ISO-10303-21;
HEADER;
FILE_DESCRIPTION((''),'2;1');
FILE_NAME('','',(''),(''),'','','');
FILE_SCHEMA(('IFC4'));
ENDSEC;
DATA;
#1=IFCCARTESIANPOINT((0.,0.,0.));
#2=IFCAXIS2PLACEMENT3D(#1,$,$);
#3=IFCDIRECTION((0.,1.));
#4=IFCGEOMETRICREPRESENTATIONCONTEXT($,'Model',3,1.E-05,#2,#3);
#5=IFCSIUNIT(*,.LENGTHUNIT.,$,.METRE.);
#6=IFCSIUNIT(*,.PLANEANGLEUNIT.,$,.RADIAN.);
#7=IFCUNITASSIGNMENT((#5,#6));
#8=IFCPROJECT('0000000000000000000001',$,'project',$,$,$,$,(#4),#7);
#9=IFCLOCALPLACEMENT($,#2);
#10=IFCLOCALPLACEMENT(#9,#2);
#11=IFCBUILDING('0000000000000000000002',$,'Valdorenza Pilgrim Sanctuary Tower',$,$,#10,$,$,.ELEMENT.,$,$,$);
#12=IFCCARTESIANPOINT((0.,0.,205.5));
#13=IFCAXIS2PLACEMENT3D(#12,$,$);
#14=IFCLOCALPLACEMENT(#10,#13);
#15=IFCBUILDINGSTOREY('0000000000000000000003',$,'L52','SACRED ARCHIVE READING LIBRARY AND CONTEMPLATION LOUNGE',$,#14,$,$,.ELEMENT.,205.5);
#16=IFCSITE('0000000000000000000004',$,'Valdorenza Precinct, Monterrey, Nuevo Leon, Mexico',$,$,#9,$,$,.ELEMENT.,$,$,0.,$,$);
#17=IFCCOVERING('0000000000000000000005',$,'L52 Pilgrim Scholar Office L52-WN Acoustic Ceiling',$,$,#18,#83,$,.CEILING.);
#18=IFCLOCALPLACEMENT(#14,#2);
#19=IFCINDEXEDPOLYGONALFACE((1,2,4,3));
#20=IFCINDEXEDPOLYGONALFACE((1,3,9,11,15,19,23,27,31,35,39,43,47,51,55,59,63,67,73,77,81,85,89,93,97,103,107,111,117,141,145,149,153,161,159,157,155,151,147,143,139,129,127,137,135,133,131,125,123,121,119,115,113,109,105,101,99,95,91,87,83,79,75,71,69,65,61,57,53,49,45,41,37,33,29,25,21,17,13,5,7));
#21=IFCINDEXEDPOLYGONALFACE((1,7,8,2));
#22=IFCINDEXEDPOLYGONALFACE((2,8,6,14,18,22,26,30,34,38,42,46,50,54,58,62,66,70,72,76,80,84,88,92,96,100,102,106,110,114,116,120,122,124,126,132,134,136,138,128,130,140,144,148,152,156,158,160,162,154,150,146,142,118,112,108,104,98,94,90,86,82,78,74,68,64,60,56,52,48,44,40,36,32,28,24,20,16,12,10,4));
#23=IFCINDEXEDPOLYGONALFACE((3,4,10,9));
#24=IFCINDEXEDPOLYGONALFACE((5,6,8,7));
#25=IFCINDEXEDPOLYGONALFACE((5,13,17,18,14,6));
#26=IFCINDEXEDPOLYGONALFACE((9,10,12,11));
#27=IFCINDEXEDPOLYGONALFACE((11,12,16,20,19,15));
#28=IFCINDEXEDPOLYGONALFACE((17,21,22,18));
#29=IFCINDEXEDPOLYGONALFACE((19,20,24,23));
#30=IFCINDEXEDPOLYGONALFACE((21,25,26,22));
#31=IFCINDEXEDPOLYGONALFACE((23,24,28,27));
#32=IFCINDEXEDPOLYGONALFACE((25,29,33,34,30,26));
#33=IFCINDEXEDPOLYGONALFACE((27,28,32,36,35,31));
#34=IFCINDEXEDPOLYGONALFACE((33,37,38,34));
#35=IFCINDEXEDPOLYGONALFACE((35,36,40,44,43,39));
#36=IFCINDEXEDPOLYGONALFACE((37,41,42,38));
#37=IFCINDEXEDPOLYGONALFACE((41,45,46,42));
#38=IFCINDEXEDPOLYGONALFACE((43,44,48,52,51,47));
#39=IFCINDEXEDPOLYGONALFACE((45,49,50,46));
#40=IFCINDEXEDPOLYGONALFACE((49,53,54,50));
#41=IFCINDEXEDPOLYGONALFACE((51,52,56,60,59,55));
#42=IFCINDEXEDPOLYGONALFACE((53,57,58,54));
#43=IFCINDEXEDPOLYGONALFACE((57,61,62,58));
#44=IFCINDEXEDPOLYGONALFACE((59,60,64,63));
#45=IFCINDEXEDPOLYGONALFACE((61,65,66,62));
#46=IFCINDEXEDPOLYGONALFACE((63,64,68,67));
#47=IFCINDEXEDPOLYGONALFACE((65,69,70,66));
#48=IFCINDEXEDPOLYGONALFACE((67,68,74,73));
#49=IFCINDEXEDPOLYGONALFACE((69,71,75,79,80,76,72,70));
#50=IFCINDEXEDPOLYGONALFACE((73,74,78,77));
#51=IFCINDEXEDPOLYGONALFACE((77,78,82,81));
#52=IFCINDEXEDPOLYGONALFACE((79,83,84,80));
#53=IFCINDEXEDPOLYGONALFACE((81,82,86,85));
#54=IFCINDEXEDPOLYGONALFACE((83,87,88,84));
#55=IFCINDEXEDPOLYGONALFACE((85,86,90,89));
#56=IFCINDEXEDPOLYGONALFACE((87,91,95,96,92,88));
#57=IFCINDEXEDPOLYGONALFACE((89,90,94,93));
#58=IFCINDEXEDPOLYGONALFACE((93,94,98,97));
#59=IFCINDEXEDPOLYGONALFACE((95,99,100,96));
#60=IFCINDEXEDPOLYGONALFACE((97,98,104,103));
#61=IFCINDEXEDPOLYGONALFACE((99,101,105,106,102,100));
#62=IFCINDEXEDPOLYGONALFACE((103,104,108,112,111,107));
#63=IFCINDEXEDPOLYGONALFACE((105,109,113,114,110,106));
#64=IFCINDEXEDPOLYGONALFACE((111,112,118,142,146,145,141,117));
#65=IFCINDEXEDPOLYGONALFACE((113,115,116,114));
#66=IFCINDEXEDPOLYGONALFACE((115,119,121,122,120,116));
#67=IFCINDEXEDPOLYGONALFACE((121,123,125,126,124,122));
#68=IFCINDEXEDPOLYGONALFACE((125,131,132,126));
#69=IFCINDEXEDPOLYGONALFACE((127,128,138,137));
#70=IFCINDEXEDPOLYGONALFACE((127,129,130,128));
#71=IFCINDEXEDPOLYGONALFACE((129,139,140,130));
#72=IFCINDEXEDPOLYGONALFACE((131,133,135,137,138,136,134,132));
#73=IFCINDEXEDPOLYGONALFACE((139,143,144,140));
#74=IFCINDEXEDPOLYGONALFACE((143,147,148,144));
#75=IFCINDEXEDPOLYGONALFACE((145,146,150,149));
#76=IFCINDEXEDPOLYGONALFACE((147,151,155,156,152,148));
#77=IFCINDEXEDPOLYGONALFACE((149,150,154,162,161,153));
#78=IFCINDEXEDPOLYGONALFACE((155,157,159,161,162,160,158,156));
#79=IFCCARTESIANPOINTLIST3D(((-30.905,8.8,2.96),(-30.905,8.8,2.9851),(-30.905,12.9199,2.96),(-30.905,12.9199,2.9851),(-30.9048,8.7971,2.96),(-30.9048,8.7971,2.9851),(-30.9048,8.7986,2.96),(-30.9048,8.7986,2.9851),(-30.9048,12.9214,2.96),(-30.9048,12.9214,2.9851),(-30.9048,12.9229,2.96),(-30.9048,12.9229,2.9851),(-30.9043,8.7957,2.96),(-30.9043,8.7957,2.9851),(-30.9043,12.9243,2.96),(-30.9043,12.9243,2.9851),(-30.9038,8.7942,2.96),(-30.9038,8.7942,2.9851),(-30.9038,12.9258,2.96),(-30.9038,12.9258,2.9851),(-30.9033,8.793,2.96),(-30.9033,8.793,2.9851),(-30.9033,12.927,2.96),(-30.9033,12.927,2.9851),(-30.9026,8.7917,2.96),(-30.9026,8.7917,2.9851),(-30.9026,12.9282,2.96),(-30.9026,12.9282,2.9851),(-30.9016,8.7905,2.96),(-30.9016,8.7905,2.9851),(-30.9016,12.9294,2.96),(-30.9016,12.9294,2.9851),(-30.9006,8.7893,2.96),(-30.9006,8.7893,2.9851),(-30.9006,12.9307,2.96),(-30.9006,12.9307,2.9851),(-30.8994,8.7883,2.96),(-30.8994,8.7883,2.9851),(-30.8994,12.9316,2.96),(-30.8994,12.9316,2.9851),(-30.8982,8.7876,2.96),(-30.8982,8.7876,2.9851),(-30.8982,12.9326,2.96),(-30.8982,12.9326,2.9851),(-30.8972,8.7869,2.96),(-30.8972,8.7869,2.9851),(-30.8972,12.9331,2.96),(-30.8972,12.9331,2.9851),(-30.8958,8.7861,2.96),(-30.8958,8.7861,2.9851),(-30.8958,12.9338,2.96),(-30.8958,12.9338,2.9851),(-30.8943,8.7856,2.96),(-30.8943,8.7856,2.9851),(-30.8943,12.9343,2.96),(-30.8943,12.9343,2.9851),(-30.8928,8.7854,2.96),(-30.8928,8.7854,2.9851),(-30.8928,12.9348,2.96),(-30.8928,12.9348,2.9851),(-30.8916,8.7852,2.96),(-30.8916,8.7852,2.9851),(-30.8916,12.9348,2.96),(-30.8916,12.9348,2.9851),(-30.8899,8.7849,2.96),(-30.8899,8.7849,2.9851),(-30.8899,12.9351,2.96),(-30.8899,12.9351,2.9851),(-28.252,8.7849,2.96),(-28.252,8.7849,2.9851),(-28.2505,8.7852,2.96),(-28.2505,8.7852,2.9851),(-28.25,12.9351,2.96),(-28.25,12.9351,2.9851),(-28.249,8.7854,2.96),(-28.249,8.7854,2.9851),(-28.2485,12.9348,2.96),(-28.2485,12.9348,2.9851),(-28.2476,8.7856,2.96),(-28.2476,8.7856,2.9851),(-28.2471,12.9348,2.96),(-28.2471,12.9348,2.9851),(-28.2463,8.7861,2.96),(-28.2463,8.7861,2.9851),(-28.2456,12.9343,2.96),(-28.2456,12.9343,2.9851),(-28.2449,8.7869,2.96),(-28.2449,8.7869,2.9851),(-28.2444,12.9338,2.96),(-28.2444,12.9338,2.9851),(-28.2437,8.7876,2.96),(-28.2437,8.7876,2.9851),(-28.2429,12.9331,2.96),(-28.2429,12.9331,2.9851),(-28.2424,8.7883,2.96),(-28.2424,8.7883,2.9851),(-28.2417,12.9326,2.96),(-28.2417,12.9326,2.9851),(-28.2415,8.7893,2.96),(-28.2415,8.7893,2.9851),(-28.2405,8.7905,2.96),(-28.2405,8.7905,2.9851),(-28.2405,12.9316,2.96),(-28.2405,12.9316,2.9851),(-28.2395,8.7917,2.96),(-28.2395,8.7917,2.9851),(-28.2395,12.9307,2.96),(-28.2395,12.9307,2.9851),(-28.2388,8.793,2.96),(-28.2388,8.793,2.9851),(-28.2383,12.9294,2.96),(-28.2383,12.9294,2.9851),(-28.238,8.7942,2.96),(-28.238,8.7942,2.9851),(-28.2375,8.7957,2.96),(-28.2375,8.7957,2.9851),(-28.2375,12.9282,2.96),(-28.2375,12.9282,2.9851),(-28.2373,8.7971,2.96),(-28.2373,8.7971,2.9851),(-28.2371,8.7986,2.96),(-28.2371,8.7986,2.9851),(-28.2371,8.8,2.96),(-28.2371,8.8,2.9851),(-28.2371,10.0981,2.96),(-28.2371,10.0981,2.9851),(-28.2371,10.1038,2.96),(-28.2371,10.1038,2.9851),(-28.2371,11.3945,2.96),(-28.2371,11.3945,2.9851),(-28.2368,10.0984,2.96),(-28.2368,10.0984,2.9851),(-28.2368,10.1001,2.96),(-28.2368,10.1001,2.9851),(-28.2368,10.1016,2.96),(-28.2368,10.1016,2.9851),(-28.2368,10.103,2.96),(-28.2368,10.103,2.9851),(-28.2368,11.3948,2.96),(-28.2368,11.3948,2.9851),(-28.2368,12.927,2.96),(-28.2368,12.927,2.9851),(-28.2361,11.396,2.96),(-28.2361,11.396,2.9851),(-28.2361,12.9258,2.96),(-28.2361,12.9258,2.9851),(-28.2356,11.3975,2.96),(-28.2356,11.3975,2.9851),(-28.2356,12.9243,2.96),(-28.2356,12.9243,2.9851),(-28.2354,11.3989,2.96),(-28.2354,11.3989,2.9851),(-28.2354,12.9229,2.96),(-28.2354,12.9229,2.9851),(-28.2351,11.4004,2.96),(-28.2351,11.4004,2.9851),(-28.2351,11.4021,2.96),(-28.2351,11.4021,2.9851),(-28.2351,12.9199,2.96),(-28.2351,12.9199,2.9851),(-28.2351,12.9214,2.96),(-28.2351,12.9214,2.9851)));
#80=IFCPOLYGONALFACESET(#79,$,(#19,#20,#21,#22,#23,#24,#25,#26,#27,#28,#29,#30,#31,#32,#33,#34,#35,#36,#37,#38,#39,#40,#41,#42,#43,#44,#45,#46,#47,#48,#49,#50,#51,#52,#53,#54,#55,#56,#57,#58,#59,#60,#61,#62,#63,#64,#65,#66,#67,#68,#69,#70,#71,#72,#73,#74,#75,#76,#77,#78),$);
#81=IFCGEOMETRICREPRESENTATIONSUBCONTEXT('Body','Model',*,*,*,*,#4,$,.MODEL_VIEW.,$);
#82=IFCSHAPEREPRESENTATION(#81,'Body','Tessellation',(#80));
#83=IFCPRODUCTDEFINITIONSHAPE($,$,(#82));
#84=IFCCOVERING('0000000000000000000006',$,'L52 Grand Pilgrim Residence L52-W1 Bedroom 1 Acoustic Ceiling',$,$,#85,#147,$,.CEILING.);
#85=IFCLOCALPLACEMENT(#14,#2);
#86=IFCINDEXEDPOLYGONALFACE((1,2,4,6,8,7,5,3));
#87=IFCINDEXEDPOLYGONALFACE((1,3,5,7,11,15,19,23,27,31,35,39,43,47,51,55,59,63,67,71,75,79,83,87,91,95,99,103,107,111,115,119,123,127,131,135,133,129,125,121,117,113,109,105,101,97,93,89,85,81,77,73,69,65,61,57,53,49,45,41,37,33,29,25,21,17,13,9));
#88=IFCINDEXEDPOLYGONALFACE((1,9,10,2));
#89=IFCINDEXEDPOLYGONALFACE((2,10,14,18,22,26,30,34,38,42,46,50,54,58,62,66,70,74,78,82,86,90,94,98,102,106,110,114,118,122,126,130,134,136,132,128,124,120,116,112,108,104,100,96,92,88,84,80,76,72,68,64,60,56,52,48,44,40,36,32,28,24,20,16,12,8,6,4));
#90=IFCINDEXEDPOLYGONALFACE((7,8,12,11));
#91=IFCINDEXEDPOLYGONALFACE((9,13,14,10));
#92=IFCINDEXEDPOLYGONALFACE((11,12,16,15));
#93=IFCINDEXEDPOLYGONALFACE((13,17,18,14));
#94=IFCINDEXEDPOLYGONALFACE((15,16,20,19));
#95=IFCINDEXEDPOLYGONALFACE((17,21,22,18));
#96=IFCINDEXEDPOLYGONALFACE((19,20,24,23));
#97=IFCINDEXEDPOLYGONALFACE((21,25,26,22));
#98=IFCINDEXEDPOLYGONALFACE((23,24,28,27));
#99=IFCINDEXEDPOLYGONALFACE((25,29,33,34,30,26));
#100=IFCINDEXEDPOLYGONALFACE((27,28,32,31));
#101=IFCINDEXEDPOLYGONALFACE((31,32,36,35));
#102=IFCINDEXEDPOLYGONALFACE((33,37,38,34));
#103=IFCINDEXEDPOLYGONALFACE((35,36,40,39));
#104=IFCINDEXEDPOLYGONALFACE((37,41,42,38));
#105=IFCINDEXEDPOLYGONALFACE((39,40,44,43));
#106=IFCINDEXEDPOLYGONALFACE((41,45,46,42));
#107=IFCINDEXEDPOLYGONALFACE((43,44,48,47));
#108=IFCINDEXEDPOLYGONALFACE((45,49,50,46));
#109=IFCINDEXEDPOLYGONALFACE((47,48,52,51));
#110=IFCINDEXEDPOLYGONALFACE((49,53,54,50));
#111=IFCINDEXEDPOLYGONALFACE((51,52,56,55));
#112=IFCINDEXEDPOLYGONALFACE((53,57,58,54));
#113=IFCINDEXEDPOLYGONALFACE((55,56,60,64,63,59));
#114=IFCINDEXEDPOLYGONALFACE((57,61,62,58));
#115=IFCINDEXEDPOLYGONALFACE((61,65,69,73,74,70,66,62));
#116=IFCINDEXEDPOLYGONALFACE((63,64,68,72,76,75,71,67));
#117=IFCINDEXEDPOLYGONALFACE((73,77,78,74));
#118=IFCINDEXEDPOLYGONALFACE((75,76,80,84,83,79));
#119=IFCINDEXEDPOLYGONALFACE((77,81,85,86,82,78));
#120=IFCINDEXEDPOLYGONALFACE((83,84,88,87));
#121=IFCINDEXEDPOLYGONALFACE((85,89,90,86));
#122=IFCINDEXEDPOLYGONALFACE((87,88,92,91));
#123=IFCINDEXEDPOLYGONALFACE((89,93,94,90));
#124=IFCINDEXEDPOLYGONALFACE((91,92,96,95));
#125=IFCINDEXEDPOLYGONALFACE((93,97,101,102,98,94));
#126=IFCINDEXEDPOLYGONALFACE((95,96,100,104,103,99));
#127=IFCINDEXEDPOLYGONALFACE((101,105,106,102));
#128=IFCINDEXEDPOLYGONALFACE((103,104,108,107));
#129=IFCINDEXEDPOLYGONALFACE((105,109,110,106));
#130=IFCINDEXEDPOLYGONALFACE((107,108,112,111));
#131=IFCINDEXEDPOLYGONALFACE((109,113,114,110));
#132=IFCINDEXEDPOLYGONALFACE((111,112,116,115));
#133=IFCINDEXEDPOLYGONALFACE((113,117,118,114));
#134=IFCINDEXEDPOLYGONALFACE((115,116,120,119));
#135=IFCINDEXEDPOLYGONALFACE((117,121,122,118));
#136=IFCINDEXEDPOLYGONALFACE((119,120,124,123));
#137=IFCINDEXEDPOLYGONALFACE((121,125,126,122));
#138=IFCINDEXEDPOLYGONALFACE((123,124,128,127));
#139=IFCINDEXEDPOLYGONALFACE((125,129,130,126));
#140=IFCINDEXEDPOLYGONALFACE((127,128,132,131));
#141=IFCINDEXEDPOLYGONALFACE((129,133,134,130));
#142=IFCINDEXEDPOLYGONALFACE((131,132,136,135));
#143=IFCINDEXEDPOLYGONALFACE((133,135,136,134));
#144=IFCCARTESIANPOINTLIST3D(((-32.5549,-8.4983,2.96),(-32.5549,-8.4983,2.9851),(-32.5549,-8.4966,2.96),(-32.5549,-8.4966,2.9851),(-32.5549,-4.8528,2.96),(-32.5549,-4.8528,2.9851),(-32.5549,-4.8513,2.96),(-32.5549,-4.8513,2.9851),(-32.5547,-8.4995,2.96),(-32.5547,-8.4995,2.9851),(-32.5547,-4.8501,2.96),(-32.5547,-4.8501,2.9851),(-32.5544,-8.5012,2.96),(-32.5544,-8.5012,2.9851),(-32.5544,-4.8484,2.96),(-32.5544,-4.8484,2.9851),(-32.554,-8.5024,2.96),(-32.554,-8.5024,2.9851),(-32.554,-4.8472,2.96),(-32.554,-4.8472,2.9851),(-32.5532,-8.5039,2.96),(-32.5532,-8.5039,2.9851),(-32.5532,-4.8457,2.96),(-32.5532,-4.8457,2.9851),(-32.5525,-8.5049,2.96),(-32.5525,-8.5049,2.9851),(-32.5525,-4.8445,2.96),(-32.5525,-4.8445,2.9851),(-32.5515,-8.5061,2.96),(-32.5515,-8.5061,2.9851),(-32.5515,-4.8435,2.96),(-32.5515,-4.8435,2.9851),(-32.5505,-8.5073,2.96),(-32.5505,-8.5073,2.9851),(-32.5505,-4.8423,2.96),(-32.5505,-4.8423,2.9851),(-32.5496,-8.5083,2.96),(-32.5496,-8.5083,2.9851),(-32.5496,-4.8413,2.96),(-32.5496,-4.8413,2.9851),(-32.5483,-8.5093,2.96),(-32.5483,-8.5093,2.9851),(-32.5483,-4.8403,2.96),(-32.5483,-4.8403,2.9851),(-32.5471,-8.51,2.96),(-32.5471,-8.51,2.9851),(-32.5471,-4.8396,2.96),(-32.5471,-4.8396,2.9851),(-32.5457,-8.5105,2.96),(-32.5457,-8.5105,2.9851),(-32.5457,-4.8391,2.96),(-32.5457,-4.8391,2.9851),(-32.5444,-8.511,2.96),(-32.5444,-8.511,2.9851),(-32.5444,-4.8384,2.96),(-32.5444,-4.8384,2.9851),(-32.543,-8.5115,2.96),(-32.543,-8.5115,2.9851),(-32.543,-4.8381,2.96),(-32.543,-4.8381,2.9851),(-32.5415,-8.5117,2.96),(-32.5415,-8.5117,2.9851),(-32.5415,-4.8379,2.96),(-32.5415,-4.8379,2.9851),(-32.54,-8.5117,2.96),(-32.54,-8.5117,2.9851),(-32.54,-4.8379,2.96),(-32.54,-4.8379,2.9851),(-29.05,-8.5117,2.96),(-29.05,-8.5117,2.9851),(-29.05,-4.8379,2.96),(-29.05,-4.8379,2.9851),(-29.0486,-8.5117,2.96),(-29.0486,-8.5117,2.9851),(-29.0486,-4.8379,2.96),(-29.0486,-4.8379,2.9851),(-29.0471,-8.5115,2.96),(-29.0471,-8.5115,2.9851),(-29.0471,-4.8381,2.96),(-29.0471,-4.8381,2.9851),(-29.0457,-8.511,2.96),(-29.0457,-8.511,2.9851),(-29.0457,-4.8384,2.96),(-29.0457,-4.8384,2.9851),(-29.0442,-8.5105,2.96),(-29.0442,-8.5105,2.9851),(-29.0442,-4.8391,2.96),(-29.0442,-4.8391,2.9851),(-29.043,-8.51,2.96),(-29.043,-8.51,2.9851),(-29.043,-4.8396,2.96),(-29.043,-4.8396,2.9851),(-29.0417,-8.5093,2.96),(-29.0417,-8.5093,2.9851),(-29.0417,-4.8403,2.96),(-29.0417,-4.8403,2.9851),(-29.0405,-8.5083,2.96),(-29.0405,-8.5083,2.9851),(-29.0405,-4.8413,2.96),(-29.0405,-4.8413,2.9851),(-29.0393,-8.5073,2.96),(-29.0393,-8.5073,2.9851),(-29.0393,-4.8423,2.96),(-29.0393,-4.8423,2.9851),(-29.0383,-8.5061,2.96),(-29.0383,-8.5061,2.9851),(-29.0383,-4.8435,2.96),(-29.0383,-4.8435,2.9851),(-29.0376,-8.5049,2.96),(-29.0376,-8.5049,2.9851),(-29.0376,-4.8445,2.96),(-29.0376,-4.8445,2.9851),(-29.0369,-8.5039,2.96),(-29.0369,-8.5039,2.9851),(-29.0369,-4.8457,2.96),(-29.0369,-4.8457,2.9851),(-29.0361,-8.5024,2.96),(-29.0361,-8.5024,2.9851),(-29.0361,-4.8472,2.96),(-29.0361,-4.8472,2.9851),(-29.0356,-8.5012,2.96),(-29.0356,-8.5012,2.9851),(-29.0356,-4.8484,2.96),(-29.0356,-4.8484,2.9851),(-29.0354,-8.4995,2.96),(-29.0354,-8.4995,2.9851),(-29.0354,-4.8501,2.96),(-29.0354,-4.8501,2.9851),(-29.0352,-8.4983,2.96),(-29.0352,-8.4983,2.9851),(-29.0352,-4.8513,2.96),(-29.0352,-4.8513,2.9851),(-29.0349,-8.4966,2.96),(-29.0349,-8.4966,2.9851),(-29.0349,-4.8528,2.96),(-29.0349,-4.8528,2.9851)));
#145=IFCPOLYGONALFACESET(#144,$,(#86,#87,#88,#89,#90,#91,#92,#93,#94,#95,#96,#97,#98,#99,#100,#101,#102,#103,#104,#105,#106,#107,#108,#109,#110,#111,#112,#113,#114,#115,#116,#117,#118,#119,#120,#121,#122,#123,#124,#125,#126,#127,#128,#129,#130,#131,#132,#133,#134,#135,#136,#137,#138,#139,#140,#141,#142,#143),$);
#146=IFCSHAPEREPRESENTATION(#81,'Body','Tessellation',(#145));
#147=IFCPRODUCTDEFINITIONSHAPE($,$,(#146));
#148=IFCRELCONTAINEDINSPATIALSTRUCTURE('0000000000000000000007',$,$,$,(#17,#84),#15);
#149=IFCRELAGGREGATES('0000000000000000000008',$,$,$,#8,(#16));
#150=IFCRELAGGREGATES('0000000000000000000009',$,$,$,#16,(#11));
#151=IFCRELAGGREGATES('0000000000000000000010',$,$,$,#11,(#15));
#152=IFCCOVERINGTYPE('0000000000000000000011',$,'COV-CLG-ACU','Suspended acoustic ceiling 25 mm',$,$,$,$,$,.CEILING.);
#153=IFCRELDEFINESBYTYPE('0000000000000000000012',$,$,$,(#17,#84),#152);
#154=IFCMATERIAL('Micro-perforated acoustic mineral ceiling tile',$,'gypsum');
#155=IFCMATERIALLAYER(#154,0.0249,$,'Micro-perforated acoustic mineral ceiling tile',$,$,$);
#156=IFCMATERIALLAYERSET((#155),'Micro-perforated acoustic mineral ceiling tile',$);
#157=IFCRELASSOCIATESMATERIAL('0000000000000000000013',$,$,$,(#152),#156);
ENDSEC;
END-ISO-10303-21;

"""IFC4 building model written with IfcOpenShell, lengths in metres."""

from ifc_helpers import new_model, si_unit, direction, frame, origin, place, context, subcontext, project, spatial, polyline, outline, extrude, material, layer, layer_set, type_object, element, save


model = new_model("IFC4")

# Units and contexts
model_context = context("Model", 3, precision=1e-05, world=origin(), true_north=direction((0.0, 1.0)))
body_context = subcontext(model_context, "Body", "Model", "MODEL_VIEW")
ifc_project = project(units=[si_unit("LENGTHUNIT", "METRE"), si_unit("PLANEANGLEUNIT", "RADIAN")], contexts=[model_context])

# Site, building, storey
site_placement = place(None, origin())
site = spatial("IfcSite", under=ifc_project, at=site_placement, Name="Valdorenza Precinct, Monterrey, Nuevo Leon, Mexico", CompositionType="ELEMENT", RefElevation=0.0)
building_placement = place(site_placement, origin())
building = spatial("IfcBuilding", under=site, at=building_placement, Name="Valdorenza Pilgrim Sanctuary Tower", CompositionType="ELEMENT")
storey_placement = place(building_placement, frame((0.0, 0.0, 205.5)))
storey = spatial("IfcBuildingStorey", under=building, at=storey_placement, Name="L52", Description="SACRED ARCHIVE READING LIBRARY AND CONTEMPLATION LOUNGE", CompositionType="ELEMENT", Elevation=205.5)

# Coverings
ifc_material_1 = material(Name="Micro-perforated acoustic mineral ceiling tile", Category="gypsum")
ifc_layer_1 = layer(ifc_material_1, 0.0249, Name="Micro-perforated acoustic mineral ceiling tile")
ifc_layer_set_1 = layer_set([ifc_layer_1], Name="Micro-perforated acoustic mineral ceiling tile")
covering_type_1 = type_object("IfcCoveringType", Name="COV-CLG-ACU", Description="Suspended acoustic ceiling 25 mm", PredefinedType="CEILING", material=ifc_layer_set_1)
covering_1_placement = place(storey_placement, frame((0.0, 0.0, 2.96)))
element("IfcCovering", 1, at=covering_1_placement, inside=storey, type_object=covering_type_1, Name="L52 Pilgrim Scholar Office L52-WN Acoustic Ceiling", PredefinedType="CEILING", context=body_context, shape_type="SweptSolid", body=[
    extrude(outline(polyline([(-28.2371, 11.3945), (-28.2371, 10.1038), (-28.2368, 10.103), (-28.2368, 10.1016), (-28.2368, 10.1001), (-28.2368, 10.0984), (-28.2371, 10.0981), (-28.2371, 8.8), (-28.2371, 8.7986), (-28.2373, 8.7971), (-28.2375, 8.7957), (-28.238, 8.7942), (-28.2388, 8.793), (-28.2395, 8.7917), (-28.2405, 8.7905), (-28.2415, 8.7893), (-28.2424, 8.7883), (-28.2437, 8.7876), (-28.2449, 8.7869), (-28.2463, 8.7861), (-28.2476, 8.7856), (-28.249, 8.7854), (-28.2505, 8.7852), (-28.252, 8.7849), (-30.8899, 8.7849), (-30.8916, 8.7852), (-30.8928, 8.7854), (-30.8943, 8.7856), (-30.8958, 8.7861), (-30.8972, 8.7869), (-30.8982, 8.7876), (-30.8994, 8.7883), (-30.9006, 8.7893), (-30.9016, 8.7905), (-30.9026, 8.7917), (-30.9033, 8.793), (-30.9038, 8.7942), (-30.9043, 8.7957), (-30.9048, 8.7971), (-30.9048, 8.7986), (-30.905, 8.8), (-30.905, 12.9199), (-30.9048, 12.9214), (-30.9048, 12.9229), (-30.9043, 12.9243), (-30.9038, 12.9258), (-30.9033, 12.927), (-30.9026, 12.9282), (-30.9016, 12.9294), (-30.9006, 12.9307), (-30.8994, 12.9316), (-30.8982, 12.9326), (-30.8972, 12.9331), (-30.8958, 12.9338), (-30.8943, 12.9343), (-30.8928, 12.9348), (-30.8916, 12.9348), (-30.8899, 12.9351), (-28.25, 12.9351), (-28.2485, 12.9348), (-28.2471, 12.9348), (-28.2456, 12.9343), (-28.2444, 12.9338), (-28.2429, 12.9331), (-28.2417, 12.9326), (-28.2405, 12.9316), (-28.2395, 12.9307), (-28.2383, 12.9294), (-28.2375, 12.9282), (-28.2368, 12.927), (-28.2361, 12.9258), (-28.2356, 12.9243), (-28.2354, 12.9229), (-28.2351, 12.9214), (-28.2351, 12.9199), (-28.2351, 11.4021), (-28.2351, 11.4004), (-28.2354, 11.3989), (-28.2356, 11.3975), (-28.2361, 11.396), (-28.2368, 11.3948), (-28.2371, 11.3945)])), origin(), (0.0, 0.0, 1.0), 0.0251),
])
covering_2_placement = place(storey_placement, frame((0.0, 0.0, 2.96)))
element("IfcCovering", 2, at=covering_2_placement, inside=storey, type_object=covering_type_1, Name="L52 Grand Pilgrim Residence L52-W1 Bedroom 1 Acoustic Ceiling", PredefinedType="CEILING", context=body_context, shape_type="SweptSolid", body=[
    extrude(outline(polyline([(-29.0349, -8.4966), (-29.0352, -8.4983), (-29.0354, -8.4995), (-29.0356, -8.5012), (-29.0361, -8.5024), (-29.0369, -8.5039), (-29.0376, -8.5049), (-29.0383, -8.5061), (-29.0393, -8.5073), (-29.0405, -8.5083), (-29.0417, -8.5093), (-29.043, -8.51), (-29.0442, -8.5105), (-29.0457, -8.511), (-29.0471, -8.5115), (-29.0486, -8.5117), (-29.05, -8.5117), (-32.54, -8.5117), (-32.5415, -8.5117), (-32.543, -8.5115), (-32.5444, -8.511), (-32.5457, -8.5105), (-32.5471, -8.51), (-32.5483, -8.5093), (-32.5496, -8.5083), (-32.5505, -8.5073), (-32.5515, -8.5061), (-32.5525, -8.5049), (-32.5532, -8.5039), (-32.554, -8.5024), (-32.5544, -8.5012), (-32.5547, -8.4995), (-32.5549, -8.4983), (-32.5549, -8.4966), (-32.5549, -4.8528), (-32.5549, -4.8513), (-32.5547, -4.8501), (-32.5544, -4.8484), (-32.554, -4.8472), (-32.5532, -4.8457), (-32.5525, -4.8445), (-32.5515, -4.8435), (-32.5505, -4.8423), (-32.5496, -4.8413), (-32.5483, -4.8403), (-32.5471, -4.8396), (-32.5457, -4.8391), (-32.5444, -4.8384), (-32.543, -4.8381), (-32.5415, -4.8379), (-32.54, -4.8379), (-29.05, -4.8379), (-29.0486, -4.8379), (-29.0471, -4.8381), (-29.0457, -4.8384), (-29.0442, -4.8391), (-29.043, -4.8396), (-29.0417, -4.8403), (-29.0405, -4.8413), (-29.0393, -4.8423), (-29.0383, -4.8435), (-29.0376, -4.8445), (-29.0369, -4.8457), (-29.0361, -4.8472), (-29.0356, -4.8484), (-29.0354, -4.8501), (-29.0352, -4.8513), (-29.0349, -4.8528), (-29.0349, -8.4966)])), origin(), (0.0, 0.0, 1.0), 0.0251),
])

save(model, "model.ifc")
